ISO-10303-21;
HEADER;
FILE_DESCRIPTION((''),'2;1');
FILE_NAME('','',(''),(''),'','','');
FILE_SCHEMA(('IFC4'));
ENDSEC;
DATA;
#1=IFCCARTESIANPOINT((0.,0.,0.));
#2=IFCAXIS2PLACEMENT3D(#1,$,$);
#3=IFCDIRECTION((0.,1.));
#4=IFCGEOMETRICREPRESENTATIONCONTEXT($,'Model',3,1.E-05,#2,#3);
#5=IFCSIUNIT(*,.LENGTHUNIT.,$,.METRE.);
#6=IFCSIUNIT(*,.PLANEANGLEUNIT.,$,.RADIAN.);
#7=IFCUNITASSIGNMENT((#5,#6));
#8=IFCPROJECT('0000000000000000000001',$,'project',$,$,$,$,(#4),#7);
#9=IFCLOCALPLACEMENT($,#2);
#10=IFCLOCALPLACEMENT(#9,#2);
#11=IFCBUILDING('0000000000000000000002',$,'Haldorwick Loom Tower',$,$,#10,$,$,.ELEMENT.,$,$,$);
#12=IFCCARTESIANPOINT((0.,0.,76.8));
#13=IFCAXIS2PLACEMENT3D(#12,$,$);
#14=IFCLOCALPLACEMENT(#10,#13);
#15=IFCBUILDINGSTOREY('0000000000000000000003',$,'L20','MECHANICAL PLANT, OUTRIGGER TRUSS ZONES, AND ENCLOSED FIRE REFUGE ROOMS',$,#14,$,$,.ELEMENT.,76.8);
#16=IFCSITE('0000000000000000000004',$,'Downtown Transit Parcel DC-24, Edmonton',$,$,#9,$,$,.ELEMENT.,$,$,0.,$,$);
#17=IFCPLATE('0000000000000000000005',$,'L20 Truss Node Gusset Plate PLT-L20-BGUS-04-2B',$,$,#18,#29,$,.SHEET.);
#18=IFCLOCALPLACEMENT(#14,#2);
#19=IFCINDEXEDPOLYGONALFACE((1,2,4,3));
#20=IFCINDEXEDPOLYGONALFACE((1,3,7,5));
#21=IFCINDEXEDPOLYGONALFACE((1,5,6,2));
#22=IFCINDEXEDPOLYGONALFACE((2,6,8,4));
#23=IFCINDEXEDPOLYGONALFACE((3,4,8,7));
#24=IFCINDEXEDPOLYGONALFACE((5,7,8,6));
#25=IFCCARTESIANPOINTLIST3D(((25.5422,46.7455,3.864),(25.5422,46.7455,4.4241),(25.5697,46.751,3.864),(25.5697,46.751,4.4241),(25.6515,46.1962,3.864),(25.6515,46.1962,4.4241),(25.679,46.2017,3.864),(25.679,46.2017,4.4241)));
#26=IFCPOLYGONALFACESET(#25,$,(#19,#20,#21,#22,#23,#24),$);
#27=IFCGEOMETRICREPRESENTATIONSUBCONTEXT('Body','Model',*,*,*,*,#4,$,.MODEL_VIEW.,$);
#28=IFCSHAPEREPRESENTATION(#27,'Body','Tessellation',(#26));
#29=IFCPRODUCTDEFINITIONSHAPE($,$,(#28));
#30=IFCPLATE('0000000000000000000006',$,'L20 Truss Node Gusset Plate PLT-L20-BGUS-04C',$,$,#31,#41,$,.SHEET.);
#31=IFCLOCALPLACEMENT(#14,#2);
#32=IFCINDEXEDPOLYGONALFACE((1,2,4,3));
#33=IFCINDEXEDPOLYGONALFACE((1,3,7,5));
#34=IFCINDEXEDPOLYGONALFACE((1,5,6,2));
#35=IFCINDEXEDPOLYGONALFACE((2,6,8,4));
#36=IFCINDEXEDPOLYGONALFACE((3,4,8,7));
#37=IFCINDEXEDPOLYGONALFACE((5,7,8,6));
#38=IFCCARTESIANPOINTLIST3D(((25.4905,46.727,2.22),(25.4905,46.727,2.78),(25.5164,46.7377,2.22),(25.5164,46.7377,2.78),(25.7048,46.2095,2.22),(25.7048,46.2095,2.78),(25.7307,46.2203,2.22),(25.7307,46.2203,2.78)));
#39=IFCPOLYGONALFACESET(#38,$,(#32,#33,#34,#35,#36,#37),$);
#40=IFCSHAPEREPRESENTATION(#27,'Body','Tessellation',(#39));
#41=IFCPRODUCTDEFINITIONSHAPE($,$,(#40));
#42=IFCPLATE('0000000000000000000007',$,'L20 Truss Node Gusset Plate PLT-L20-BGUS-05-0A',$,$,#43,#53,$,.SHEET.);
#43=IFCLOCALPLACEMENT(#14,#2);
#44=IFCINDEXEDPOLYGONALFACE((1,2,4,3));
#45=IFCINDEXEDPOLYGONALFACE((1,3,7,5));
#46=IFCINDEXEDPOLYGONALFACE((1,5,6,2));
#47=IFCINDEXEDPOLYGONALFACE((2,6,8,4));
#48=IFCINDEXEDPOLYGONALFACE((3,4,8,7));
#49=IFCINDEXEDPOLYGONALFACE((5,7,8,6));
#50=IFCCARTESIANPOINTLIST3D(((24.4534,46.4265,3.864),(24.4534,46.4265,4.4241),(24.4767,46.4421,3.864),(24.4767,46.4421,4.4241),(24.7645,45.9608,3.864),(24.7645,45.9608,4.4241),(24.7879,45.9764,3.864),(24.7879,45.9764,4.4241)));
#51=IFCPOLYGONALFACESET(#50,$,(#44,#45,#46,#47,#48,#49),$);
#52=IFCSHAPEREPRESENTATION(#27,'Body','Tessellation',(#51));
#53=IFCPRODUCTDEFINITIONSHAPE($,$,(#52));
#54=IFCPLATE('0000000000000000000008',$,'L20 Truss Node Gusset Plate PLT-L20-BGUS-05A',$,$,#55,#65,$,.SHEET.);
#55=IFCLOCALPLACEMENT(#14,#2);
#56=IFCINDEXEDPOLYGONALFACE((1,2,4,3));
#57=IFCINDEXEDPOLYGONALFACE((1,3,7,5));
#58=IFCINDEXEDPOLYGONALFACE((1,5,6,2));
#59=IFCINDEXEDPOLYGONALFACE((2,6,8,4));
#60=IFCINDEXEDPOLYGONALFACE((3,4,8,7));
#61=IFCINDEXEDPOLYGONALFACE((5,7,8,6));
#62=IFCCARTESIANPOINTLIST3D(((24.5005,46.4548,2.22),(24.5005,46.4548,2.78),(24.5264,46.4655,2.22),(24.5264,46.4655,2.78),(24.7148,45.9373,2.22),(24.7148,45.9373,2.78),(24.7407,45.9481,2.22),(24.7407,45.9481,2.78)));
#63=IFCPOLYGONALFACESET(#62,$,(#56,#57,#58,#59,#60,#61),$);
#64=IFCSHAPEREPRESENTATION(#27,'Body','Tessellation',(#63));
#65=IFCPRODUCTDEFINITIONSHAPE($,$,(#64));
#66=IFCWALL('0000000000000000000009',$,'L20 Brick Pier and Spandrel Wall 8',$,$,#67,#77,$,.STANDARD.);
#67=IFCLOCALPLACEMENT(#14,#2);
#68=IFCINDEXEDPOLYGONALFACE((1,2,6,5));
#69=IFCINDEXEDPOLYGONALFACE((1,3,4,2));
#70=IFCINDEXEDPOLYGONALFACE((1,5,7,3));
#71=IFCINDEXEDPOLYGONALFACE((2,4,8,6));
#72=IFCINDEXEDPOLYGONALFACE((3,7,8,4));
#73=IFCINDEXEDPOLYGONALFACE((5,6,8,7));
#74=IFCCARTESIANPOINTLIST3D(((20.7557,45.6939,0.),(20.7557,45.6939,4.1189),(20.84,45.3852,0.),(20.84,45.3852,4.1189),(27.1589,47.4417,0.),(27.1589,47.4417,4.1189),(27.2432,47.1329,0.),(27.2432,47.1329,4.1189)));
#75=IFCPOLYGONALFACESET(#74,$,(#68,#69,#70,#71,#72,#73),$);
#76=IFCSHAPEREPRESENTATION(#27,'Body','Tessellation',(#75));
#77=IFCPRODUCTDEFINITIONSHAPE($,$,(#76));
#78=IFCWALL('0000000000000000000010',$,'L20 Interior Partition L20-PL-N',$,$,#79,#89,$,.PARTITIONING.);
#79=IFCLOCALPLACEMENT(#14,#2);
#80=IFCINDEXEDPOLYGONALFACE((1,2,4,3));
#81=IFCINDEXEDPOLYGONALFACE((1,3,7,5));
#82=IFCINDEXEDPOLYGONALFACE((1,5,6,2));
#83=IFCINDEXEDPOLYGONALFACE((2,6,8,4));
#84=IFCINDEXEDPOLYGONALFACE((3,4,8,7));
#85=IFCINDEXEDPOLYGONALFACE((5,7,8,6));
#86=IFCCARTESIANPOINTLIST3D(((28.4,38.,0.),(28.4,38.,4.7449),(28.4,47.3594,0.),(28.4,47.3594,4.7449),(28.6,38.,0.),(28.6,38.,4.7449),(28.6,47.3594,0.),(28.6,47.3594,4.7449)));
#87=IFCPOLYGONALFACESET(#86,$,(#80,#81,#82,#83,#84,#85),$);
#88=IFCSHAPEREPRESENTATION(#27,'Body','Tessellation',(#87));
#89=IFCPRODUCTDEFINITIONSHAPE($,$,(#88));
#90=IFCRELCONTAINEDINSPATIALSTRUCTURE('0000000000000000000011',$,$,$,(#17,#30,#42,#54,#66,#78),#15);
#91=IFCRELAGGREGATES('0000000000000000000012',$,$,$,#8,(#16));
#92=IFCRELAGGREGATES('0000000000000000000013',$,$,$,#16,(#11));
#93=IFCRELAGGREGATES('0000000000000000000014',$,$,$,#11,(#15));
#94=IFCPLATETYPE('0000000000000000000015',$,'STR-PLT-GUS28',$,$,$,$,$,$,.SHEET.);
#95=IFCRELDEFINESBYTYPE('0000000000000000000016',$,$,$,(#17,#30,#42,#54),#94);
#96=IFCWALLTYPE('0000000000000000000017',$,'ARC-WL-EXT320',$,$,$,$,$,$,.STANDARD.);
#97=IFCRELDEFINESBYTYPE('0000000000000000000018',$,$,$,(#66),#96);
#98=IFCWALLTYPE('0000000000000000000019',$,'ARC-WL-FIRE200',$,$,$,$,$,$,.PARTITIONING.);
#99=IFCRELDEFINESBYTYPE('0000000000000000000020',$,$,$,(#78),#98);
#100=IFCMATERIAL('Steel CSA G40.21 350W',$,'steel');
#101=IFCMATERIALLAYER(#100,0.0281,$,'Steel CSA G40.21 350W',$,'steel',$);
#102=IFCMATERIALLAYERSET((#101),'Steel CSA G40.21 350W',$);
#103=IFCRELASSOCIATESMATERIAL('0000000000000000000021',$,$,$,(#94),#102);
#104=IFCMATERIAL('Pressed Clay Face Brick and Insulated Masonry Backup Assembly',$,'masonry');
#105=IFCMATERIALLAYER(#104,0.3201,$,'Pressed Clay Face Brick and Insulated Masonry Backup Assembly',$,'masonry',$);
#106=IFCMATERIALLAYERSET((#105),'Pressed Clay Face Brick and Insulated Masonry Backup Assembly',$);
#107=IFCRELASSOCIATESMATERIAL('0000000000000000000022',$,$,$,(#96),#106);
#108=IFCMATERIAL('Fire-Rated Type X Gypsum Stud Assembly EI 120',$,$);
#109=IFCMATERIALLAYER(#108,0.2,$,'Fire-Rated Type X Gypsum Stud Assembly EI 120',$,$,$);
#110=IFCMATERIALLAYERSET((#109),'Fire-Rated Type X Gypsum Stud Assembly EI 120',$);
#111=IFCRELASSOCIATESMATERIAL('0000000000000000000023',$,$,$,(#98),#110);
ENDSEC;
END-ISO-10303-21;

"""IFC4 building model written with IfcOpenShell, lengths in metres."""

from ifc_helpers import new_model, si_unit, direction, frame, frame_2d, origin, origin_2d, place, context, subcontext, project, spatial, rectangle, extrude, material, layer, layer_set, type_object, element, save


model = new_model("IFC4")

# Units and contexts
model_context = context("Model", 3, precision=1e-05, world=origin(), true_north=direction((0.0, 1.0)))
body_context = subcontext(model_context, "Body", "Model", "MODEL_VIEW")
ifc_project = project(units=[si_unit("LENGTHUNIT", "METRE"), si_unit("PLANEANGLEUNIT", "RADIAN")], contexts=[model_context])

# Site, building, storey
site_placement = place(None, origin())
site = spatial("IfcSite", under=ifc_project, at=site_placement, Name="Downtown Transit Parcel DC-24, Edmonton", CompositionType="ELEMENT", RefElevation=0.0)
building_placement = place(site_placement, origin())
building = spatial("IfcBuilding", under=site, at=building_placement, Name="Haldorwick Loom Tower", CompositionType="ELEMENT")
storey_placement = place(building_placement, frame((0.0, 0.0, 76.8)))
storey = spatial("IfcBuildingStorey", under=building, at=storey_placement, Name="L20", Description="MECHANICAL PLANT, OUTRIGGER TRUSS ZONES, AND ENCLOSED FIRE REFUGE ROOMS", CompositionType="ELEMENT", Elevation=76.8)

# Shared definitions
ifc_material_1 = material(Name="Steel CSA G40.21 350W", Category="steel")

# Plates
ifc_layer_1 = layer(ifc_material_1, 0.0281, Name="Steel CSA G40.21 350W", Category="steel")
ifc_layer_set_1 = layer_set([ifc_layer_1], Name="Steel CSA G40.21 350W")
plate_type = type_object("IfcPlateType", Name="STR-PLT-GUS28", PredefinedType="SHEET", material=ifc_layer_set_1)
for number, where, z_axis, x_axis, name in (
    (1, (25.6106, 46.4736, 3.864), (0.0, 0.0, 1.0), (-0.19509, 0.980785, 0.0), "L20 Truss Node Gusset Plate PLT-L20-BGUS-04-2B"),
    (2, (25.6106, 46.4736, 2.22), (0.0, 0.0, 1.0), (-0.382683, 0.92388, 0.0), "L20 Truss Node Gusset Plate PLT-L20-BGUS-04C"),
    (3, (24.6206, 46.2014, 3.864), (0.0, 0.0, 1.0), (-0.55557, 0.83147, 0.0), "L20 Truss Node Gusset Plate PLT-L20-BGUS-05-0A"),
    (4, (24.6206, 46.2014, 2.22), (0.0, 0.0, 1.0), (-0.382683, 0.92388, 0.0), "L20 Truss Node Gusset Plate PLT-L20-BGUS-05A"),
):
    element("IfcPlate", number, at=place(storey_placement, frame(where, z_axis=z_axis, x_axis=x_axis)), inside=storey, type_object=plate_type, Name=name, PredefinedType="SHEET", context=body_context, shape_type="SweptSolid", body=[
        extrude(rectangle(XDim=0.5601, YDim=0.0281, at=origin_2d()), origin(), (0.0, 0.0, 1.0), 0.5601),
    ])

# Walls
ifc_material_2 = material(Name="Pressed Clay Face Brick and Insulated Masonry Backup Assembly", Category="masonry")
ifc_layer_2 = layer(ifc_material_2, 0.3201, Name="Pressed Clay Face Brick and Insulated Masonry Backup Assembly", Category="masonry")
ifc_layer_set_2 = layer_set([ifc_layer_2], Name="Pressed Clay Face Brick and Insulated Masonry Backup Assembly")
wall_type_1 = type_object("IfcWallType", Name="ARC-WL-EXT320", PredefinedType="STANDARD", material=ifc_layer_set_2)
wall_1_placement = place(storey_placement, frame((27.2012, 47.2874, 0.0), z_axis=(0.0, 0.0, 1.0), x_axis=(-0.964709, -0.26332, 0.0)))
element("IfcWall", 5, at=wall_1_placement, inside=storey, type_object=wall_type_1, Name="L20 Brick Pier and Spandrel Wall 8", PredefinedType="STANDARD", context=body_context, shape_type="SweptSolid", body=[
    extrude(rectangle(XDim=6.6375, YDim=0.3201, at=frame_2d((3.3188, 0.0))), origin(), (0.0, 0.0, 1.0), 4.1189),
])
ifc_material_3 = material(Name="Fire-Rated Type X Gypsum Stud Assembly EI 120")
ifc_layer_3 = layer(ifc_material_3, 0.2, Name="Fire-Rated Type X Gypsum Stud Assembly EI 120")
ifc_layer_set_3 = layer_set([ifc_layer_3], Name="Fire-Rated Type X Gypsum Stud Assembly EI 120")
wall_type_2 = type_object("IfcWallType", Name="ARC-WL-FIRE200", PredefinedType="PARTITIONING", material=ifc_layer_set_3)
wall_2_placement = place(storey_placement, frame((28.5, 38.0, 0.0), z_axis=(0.0, 0.0, 1.0), x_axis=(0.0, 1.0, 0.0)))
element("IfcWall", 6, at=wall_2_placement, inside=storey, type_object=wall_type_2, Name="L20 Interior Partition L20-PL-N", PredefinedType="PARTITIONING", context=body_context, shape_type="SweptSolid", body=[
    extrude(rectangle(XDim=9.3594, YDim=0.2, at=frame_2d((4.6797, 0.0))), origin(), (0.0, 0.0, 1.0), 4.7449),
])

save(model, "model.ifc")
